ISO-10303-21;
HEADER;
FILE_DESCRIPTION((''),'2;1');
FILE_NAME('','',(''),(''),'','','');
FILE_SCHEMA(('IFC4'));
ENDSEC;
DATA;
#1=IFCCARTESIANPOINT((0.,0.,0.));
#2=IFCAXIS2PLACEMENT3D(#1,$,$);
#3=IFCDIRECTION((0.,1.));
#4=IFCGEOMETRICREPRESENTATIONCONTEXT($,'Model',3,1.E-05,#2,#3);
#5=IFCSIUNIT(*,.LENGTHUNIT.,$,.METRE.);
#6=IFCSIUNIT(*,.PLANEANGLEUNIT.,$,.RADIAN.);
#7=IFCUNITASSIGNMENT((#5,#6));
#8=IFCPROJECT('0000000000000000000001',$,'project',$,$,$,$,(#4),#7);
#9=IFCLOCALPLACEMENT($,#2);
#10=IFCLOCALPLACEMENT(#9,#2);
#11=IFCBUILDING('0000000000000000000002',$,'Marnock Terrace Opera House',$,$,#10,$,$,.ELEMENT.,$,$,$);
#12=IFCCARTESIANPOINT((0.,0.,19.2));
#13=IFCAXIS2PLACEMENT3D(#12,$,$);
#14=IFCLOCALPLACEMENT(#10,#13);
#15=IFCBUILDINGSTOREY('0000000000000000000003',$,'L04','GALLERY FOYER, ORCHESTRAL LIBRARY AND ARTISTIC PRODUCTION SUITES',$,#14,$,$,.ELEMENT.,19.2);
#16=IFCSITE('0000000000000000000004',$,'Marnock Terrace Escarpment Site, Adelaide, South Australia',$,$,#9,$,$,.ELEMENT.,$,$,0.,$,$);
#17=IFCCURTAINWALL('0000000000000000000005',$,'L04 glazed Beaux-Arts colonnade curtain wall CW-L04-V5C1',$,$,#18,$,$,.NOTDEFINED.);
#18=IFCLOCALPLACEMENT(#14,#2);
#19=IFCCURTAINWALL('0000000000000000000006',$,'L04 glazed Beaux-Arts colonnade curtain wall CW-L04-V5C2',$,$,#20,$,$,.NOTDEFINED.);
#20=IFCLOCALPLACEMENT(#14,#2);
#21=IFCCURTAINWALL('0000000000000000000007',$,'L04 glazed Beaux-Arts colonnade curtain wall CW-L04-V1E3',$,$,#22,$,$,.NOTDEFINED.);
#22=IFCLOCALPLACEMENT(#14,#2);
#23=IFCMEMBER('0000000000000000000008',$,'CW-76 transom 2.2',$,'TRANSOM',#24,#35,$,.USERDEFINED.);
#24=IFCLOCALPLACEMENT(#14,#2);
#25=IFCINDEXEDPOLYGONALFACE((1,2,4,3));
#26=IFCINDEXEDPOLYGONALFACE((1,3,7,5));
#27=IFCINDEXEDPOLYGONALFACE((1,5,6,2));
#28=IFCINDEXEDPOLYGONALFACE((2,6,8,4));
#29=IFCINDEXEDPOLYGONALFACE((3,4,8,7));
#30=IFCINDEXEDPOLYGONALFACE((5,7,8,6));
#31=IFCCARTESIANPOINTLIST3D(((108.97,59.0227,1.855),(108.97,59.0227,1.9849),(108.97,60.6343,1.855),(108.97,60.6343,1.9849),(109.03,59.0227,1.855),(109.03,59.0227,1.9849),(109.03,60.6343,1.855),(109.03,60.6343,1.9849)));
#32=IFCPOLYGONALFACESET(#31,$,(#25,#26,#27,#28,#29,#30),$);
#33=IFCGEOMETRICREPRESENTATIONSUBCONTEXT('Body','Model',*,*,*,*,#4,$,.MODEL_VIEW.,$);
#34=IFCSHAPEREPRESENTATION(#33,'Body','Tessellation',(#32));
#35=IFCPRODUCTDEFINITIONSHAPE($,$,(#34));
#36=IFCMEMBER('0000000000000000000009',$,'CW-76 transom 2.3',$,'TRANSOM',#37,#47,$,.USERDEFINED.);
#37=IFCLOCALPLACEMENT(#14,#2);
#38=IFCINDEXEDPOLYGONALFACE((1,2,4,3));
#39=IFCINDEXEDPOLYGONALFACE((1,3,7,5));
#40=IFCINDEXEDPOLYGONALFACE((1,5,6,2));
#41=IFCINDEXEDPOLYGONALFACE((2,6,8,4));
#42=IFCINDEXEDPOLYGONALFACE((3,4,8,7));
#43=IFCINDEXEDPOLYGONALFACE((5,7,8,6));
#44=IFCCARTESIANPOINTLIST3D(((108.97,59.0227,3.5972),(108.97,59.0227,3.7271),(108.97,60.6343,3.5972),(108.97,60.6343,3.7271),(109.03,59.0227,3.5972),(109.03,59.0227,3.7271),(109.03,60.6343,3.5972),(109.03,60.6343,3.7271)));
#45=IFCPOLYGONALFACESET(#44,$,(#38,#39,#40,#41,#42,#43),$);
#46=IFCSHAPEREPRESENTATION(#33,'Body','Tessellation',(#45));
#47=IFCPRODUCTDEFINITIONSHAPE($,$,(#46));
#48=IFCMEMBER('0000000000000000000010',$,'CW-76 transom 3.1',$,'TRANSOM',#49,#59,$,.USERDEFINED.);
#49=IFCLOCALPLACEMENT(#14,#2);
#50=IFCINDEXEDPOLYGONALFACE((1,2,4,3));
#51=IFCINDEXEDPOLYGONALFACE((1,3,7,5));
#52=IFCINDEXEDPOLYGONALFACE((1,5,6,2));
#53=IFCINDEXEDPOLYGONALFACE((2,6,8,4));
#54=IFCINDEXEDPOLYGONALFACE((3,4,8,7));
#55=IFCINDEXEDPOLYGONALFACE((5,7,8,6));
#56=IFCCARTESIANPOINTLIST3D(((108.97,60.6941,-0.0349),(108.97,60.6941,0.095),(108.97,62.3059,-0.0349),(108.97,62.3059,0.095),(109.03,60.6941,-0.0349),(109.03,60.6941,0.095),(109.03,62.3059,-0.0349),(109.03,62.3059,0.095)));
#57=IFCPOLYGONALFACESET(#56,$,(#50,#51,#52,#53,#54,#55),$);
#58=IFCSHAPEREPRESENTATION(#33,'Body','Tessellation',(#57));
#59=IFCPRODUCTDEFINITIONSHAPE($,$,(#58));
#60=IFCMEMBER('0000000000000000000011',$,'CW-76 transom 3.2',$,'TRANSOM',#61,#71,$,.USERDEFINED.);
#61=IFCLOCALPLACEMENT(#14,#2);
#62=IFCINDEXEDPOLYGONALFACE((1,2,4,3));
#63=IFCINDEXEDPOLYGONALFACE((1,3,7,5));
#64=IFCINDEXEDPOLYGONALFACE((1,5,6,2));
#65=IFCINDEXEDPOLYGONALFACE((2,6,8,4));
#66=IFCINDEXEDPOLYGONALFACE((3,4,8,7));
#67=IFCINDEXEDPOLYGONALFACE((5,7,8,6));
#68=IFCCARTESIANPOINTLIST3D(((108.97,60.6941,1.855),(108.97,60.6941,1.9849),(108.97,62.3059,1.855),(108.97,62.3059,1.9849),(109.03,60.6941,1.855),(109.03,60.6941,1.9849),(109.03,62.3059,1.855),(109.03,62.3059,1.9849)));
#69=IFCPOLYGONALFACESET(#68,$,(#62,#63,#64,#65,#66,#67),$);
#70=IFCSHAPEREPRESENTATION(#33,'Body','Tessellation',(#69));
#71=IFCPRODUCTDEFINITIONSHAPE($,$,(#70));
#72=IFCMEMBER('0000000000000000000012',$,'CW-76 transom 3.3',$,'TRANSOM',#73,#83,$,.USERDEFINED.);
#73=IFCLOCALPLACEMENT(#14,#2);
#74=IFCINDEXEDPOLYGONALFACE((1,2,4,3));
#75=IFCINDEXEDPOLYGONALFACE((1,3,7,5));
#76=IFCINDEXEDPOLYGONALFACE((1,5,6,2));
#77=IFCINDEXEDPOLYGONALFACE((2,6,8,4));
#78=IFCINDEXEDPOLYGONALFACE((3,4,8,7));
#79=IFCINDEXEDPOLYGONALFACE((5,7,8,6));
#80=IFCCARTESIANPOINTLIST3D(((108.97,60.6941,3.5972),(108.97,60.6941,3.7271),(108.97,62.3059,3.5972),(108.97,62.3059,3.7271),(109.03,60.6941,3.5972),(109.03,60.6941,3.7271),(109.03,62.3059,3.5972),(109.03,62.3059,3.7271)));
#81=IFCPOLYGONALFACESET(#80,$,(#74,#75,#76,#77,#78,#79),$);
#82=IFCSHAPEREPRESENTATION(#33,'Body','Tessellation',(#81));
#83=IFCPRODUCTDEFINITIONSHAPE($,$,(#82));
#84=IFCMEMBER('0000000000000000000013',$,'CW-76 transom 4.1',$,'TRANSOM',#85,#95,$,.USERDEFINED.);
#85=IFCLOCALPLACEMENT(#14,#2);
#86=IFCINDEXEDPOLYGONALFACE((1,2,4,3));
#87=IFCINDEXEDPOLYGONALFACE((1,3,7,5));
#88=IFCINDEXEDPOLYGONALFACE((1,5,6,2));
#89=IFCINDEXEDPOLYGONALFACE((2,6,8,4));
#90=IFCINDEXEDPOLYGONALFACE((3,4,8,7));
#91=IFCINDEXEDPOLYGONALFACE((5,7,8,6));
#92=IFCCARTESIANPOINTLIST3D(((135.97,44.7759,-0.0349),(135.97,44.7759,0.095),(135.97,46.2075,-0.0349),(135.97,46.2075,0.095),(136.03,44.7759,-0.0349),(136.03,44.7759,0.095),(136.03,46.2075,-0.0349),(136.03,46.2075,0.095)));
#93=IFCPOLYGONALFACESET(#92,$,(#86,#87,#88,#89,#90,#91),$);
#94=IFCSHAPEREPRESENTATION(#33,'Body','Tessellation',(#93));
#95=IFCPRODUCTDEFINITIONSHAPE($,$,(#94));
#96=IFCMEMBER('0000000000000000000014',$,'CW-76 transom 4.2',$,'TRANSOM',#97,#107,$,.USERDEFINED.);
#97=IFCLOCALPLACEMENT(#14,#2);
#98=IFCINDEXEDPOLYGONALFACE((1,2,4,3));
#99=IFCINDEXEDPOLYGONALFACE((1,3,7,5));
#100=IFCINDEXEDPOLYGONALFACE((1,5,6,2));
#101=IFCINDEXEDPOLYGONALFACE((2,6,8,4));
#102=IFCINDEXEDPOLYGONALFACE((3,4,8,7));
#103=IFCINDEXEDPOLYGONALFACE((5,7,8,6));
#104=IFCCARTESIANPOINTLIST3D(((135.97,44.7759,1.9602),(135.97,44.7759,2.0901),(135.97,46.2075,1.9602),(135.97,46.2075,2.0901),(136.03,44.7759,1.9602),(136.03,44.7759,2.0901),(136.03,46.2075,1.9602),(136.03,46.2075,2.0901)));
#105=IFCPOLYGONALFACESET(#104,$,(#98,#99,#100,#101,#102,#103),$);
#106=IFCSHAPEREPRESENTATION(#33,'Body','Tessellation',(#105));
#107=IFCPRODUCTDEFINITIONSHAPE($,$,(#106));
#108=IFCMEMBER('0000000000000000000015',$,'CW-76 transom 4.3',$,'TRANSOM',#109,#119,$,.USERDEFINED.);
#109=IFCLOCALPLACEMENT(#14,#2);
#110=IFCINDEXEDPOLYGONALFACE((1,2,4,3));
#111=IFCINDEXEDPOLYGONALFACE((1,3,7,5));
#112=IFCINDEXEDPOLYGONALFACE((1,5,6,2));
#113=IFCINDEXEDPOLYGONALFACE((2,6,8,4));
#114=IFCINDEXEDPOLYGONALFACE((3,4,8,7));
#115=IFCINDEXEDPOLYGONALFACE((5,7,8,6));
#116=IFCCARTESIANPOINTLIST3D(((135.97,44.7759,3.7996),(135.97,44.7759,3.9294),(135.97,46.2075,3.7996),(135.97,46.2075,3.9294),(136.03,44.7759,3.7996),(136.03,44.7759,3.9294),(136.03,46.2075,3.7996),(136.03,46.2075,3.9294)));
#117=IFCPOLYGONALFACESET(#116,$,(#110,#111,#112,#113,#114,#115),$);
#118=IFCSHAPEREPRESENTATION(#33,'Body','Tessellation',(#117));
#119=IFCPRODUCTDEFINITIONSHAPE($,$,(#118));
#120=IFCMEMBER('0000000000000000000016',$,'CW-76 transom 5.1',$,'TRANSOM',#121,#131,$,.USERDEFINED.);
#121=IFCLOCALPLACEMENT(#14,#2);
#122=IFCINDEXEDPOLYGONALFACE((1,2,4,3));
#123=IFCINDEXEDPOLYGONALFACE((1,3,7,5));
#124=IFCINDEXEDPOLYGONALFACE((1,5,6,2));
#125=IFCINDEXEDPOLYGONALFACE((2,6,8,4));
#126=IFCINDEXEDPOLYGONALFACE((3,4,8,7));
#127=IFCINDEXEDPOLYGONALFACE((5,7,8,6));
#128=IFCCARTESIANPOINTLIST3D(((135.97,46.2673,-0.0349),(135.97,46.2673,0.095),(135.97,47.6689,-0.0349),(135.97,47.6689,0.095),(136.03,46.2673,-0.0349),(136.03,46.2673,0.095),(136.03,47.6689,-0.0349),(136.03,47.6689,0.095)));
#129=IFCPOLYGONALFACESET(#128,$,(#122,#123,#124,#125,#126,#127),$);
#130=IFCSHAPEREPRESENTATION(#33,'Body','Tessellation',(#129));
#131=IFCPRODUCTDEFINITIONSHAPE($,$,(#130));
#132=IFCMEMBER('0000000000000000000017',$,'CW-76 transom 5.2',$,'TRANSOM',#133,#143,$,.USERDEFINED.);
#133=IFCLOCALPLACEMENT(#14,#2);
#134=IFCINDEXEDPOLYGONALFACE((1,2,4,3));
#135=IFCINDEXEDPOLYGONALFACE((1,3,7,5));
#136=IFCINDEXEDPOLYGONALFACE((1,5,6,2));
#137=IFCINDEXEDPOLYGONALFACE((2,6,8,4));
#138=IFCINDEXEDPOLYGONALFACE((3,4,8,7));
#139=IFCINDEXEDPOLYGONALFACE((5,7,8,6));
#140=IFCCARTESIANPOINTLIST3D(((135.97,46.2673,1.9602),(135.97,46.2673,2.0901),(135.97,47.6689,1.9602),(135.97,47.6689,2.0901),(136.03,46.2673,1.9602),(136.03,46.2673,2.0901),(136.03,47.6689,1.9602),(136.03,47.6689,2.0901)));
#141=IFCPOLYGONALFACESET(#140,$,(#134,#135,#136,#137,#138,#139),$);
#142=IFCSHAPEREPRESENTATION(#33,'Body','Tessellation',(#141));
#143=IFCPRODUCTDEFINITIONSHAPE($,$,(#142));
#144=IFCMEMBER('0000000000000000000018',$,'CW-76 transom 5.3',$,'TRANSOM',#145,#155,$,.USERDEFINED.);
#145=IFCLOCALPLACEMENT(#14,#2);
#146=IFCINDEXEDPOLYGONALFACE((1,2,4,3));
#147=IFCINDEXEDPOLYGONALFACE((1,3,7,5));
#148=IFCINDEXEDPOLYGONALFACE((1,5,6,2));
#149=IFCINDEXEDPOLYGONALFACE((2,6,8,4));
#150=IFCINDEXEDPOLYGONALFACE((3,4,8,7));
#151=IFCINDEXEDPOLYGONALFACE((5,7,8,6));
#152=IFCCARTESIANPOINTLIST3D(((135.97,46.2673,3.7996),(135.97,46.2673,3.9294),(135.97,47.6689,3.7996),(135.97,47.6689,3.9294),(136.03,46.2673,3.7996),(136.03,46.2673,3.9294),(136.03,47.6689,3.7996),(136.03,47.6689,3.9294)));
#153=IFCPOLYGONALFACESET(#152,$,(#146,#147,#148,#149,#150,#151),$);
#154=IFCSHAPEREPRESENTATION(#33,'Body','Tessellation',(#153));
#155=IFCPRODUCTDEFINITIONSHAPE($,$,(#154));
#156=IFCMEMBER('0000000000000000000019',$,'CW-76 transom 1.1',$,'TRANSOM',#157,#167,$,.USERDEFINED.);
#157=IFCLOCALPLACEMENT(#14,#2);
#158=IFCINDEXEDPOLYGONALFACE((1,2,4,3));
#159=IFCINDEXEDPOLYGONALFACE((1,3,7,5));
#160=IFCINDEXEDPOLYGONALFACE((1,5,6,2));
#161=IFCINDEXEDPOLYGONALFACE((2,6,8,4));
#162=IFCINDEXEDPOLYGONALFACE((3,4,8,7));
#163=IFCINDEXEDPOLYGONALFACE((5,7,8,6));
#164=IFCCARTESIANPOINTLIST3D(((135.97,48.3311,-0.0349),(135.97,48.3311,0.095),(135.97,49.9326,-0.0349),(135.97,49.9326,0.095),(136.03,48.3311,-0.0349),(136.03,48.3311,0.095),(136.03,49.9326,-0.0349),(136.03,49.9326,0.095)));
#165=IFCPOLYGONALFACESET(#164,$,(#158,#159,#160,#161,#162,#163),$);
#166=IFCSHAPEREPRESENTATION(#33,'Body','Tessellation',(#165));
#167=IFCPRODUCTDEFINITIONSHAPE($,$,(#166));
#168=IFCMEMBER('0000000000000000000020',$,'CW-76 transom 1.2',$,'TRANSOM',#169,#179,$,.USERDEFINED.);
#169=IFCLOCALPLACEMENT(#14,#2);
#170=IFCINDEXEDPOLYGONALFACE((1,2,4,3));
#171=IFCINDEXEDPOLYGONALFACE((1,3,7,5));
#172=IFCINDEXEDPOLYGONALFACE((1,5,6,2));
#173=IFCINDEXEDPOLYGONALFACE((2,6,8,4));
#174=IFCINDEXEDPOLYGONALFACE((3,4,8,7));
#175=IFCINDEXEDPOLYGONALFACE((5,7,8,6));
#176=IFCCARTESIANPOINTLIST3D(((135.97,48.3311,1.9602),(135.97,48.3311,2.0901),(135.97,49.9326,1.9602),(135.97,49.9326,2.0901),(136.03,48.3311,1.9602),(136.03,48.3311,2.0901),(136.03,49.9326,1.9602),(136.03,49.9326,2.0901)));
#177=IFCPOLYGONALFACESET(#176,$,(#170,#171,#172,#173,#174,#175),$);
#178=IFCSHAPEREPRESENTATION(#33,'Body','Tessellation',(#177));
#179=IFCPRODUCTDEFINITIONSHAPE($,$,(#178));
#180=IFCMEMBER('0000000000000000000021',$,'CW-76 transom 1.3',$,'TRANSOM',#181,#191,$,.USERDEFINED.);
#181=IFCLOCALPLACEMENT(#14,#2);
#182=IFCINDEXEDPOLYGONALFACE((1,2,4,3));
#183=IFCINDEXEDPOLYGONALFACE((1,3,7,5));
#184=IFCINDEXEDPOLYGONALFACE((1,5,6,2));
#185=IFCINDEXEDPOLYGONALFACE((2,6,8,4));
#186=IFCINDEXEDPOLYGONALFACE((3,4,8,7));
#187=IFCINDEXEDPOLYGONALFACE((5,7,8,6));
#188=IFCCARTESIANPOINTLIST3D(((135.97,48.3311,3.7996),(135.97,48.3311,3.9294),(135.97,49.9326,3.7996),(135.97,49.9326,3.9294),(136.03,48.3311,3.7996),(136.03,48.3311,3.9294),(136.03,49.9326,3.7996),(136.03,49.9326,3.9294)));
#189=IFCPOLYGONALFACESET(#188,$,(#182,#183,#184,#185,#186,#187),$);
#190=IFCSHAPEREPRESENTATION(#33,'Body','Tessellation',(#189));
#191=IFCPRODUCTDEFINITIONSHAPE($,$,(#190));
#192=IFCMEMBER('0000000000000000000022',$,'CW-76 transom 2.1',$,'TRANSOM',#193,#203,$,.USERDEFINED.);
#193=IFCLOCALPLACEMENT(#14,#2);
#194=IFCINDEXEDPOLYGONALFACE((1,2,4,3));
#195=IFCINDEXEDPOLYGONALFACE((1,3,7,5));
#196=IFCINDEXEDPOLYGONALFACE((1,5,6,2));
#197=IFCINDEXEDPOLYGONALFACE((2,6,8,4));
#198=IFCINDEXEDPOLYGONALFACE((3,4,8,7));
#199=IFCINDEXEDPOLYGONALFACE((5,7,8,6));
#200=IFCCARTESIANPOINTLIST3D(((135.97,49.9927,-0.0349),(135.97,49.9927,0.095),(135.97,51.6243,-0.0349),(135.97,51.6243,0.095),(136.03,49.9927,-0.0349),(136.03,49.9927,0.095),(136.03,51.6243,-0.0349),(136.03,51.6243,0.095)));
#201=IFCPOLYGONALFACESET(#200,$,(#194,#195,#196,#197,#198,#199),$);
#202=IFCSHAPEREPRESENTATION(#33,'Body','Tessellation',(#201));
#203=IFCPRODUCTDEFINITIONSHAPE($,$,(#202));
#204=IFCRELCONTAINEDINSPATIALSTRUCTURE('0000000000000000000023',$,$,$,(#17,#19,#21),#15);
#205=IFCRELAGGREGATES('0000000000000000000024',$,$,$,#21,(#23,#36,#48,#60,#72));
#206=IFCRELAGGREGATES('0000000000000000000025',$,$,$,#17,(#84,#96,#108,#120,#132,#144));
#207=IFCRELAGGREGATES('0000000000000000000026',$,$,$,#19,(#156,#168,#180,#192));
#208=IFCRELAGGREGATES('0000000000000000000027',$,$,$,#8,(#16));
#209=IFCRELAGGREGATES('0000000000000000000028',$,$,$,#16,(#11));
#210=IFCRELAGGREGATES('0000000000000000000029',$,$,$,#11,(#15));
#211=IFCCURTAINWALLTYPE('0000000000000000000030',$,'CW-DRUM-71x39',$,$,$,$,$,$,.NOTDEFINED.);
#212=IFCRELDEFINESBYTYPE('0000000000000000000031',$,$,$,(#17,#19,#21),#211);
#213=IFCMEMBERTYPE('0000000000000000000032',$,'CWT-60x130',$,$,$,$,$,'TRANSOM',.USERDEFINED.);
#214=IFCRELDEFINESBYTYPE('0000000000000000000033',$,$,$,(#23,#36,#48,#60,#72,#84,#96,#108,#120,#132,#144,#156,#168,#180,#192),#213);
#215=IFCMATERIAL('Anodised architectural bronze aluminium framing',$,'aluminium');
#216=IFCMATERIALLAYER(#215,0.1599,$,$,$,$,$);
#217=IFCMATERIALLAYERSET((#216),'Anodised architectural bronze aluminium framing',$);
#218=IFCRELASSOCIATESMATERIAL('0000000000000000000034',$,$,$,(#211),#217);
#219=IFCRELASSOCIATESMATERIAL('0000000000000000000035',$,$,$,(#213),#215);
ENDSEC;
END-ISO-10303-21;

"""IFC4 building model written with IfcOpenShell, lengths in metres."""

from ifc_helpers import new_model, si_unit, direction, frame, origin, origin_2d, place, context, subcontext, project, spatial, rectangle, extrude, material, layer, layer_set, material_profile, profile_set, type_object, element, aggregate, save


model = new_model("IFC4")

# Units and contexts
model_context = context("Model", 3, precision=1e-05, world=origin(), true_north=direction((0.0, 1.0)))
body_context = subcontext(model_context, "Body", "Model", "MODEL_VIEW")
ifc_project = project(units=[si_unit("LENGTHUNIT", "METRE"), si_unit("PLANEANGLEUNIT", "RADIAN")], contexts=[model_context])

# Site, building, storey
site_placement = place(None, origin())
site = spatial("IfcSite", under=ifc_project, at=site_placement, Name="Marnock Terrace Escarpment Site, Adelaide, South Australia", CompositionType="ELEMENT", RefElevation=0.0)
building_placement = place(site_placement, origin())
building = spatial("IfcBuilding", under=site, at=building_placement, Name="Marnock Terrace Opera House", CompositionType="ELEMENT")
storey_placement = place(building_placement, frame((0.0, 0.0, 19.2)))
storey = spatial("IfcBuildingStorey", under=building, at=storey_placement, Name="L04", Description="GALLERY FOYER, ORCHESTRAL LIBRARY AND ARTISTIC PRODUCTION SUITES", CompositionType="ELEMENT", Elevation=19.2)

# Curtain walls, members
ifc_material_1 = material(Name="Anodised architectural bronze aluminium framing", Category="aluminium")
ifc_layer_1 = layer(ifc_material_1, 0.1599)
ifc_layer_set_1 = layer_set([ifc_layer_1], Name="Anodised architectural bronze aluminium framing")
curtain_wall_type = type_object("IfcCurtainWallType", Name="CW-DRUM-71x39", PredefinedType="NOTDEFINED", material=ifc_layer_set_1)
curtain_wall_1_placement = place(storey_placement, origin())
curtain_wall_1 = element("IfcCurtainWall", 1, at=curtain_wall_1_placement, inside=storey, type_object=curtain_wall_type, Name="L04 glazed Beaux-Arts colonnade curtain wall CW-L04-V5C1", PredefinedType="NOTDEFINED")
curtain_wall_2_placement = place(storey_placement, origin())
curtain_wall_2 = element("IfcCurtainWall", 2, at=curtain_wall_2_placement, inside=storey, type_object=curtain_wall_type, Name="L04 glazed Beaux-Arts colonnade curtain wall CW-L04-V5C2", PredefinedType="NOTDEFINED")
curtain_wall_3_placement = place(storey_placement, origin())
curtain_wall_3 = element("IfcCurtainWall", 3, at=curtain_wall_3_placement, inside=storey, type_object=curtain_wall_type, Name="L04 glazed Beaux-Arts colonnade curtain wall CW-L04-V1E3", PredefinedType="NOTDEFINED")
ifc_material_profile_1 = material_profile(ifc_material_1, rectangle(XDim=0.0601, YDim=0.1299, at=origin_2d()))
ifc_profile_set_1 = profile_set([ifc_material_profile_1], Name="Anodised architectural bronze aluminium framing")
member_type_1 = type_object("IfcMemberType", Name="CWT-60x130", ElementType="TRANSOM", PredefinedType="USERDEFINED", material=ifc_profile_set_1)
member_1_placement = place(storey_placement, frame((109.0, 59.0227, 1.9199), z_axis=(0.0, 1.0, 0.0), x_axis=(-1.0, 0.0, 0.0)))
member_1 = element("IfcMember", 4, at=member_1_placement, type_object=member_type_1, Name="CW-76 transom 2.2", ObjectType="TRANSOM", PredefinedType="USERDEFINED", context=body_context, shape_type="SweptSolid", body=[
    extrude(rectangle(XDim=0.0601, YDim=0.1299, at=origin_2d()), origin(), (0.0, 0.0, 1.0), 1.6116),
])
member_2_placement = place(storey_placement, frame((109.0, 59.0227, 3.6621), z_axis=(0.0, 1.0, 0.0), x_axis=(-1.0, 0.0, 0.0)))
member_2 = element("IfcMember", 5, at=member_2_placement, type_object=member_type_1, Name="CW-76 transom 2.3", ObjectType="TRANSOM", PredefinedType="USERDEFINED", context=body_context, shape_type="SweptSolid", body=[
    extrude(rectangle(XDim=0.0601, YDim=0.1299, at=origin_2d()), origin(), (0.0, 0.0, 1.0), 1.6116),
])
member_3_placement = place(storey_placement, frame((109.0, 60.6941, 0.03), z_axis=(0.0, 1.0, 0.0), x_axis=(-1.0, 0.0, 0.0)))
member_3 = element("IfcMember", 6, at=member_3_placement, type_object=member_type_1, Name="CW-76 transom 3.1", ObjectType="TRANSOM", PredefinedType="USERDEFINED", context=body_context, shape_type="SweptSolid", body=[
    extrude(rectangle(XDim=0.0601, YDim=0.1299, at=origin_2d()), origin(), (0.0, 0.0, 1.0), 1.6118),
])
member_4_placement = place(storey_placement, frame((109.0, 60.6941, 1.9199), z_axis=(0.0, 1.0, 0.0), x_axis=(-1.0, 0.0, 0.0)))
member_4 = element("IfcMember", 7, at=member_4_placement, type_object=member_type_1, Name="CW-76 transom 3.2", ObjectType="TRANSOM", PredefinedType="USERDEFINED", context=body_context, shape_type="SweptSolid", body=[
    extrude(rectangle(XDim=0.0601, YDim=0.1299, at=origin_2d()), origin(), (0.0, 0.0, 1.0), 1.6118),
])
member_5_placement = place(storey_placement, frame((109.0, 60.6941, 3.6621), z_axis=(0.0, 1.0, 0.0), x_axis=(-1.0, 0.0, 0.0)))
member_5 = element("IfcMember", 8, at=member_5_placement, type_object=member_type_1, Name="CW-76 transom 3.3", ObjectType="TRANSOM", PredefinedType="USERDEFINED", context=body_context, shape_type="SweptSolid", body=[
    extrude(rectangle(XDim=0.0601, YDim=0.1299, at=origin_2d()), origin(), (0.0, 0.0, 1.0), 1.6118),
])

# Members
member_6_placement = place(storey_placement, frame((136.0, 44.7759, 0.03), z_axis=(0.0, 1.0, 0.0), x_axis=(-1.0, 0.0, 0.0)))
member_6 = element("IfcMember", 9, at=member_6_placement, type_object=member_type_1, Name="CW-76 transom 4.1", ObjectType="TRANSOM", PredefinedType="USERDEFINED", context=body_context, shape_type="SweptSolid", body=[
    extrude(rectangle(XDim=0.0601, YDim=0.1299, at=origin_2d()), origin(), (0.0, 0.0, 1.0), 1.4316),
])
member_7_placement = place(storey_placement, frame((136.0, 44.7759, 2.0251), z_axis=(0.0, 1.0, 0.0), x_axis=(-1.0, 0.0, 0.0)))
member_7 = element("IfcMember", 10, at=member_7_placement, type_object=member_type_1, Name="CW-76 transom 4.2", ObjectType="TRANSOM", PredefinedType="USERDEFINED", context=body_context, shape_type="SweptSolid", body=[
    extrude(rectangle(XDim=0.0601, YDim=0.1299, at=origin_2d()), origin(), (0.0, 0.0, 1.0), 1.4316),
])
member_8_placement = place(storey_placement, frame((136.0, 44.7759, 3.8645), z_axis=(0.0, 1.0, 0.0), x_axis=(-1.0, 0.0, 0.0)))
member_8 = element("IfcMember", 11, at=member_8_placement, type_object=member_type_1, Name="CW-76 transom 4.3", ObjectType="TRANSOM", PredefinedType="USERDEFINED", context=body_context, shape_type="SweptSolid", body=[
    extrude(rectangle(XDim=0.0601, YDim=0.1299, at=origin_2d()), origin(), (0.0, 0.0, 1.0), 1.4316),
])
member_9_placement = place(storey_placement, frame((136.0, 46.2673, 0.03), z_axis=(0.0, 1.0, 0.0), x_axis=(-1.0, 0.0, 0.0)))
member_9 = element("IfcMember", 12, at=member_9_placement, type_object=member_type_1, Name="CW-76 transom 5.1", ObjectType="TRANSOM", PredefinedType="USERDEFINED", context=body_context, shape_type="SweptSolid", body=[
    extrude(rectangle(XDim=0.0601, YDim=0.1299, at=origin_2d()), origin(), (0.0, 0.0, 1.0), 1.4016),
])
member_10_placement = place(storey_placement, frame((136.0, 46.2673, 2.0251), z_axis=(0.0, 1.0, 0.0), x_axis=(-1.0, 0.0, 0.0)))
member_10 = element("IfcMember", 13, at=member_10_placement, type_object=member_type_1, Name="CW-76 transom 5.2", ObjectType="TRANSOM", PredefinedType="USERDEFINED", context=body_context, shape_type="SweptSolid", body=[
    extrude(rectangle(XDim=0.0601, YDim=0.1299, at=origin_2d()), origin(), (0.0, 0.0, 1.0), 1.4016),
])
member_11_placement = place(storey_placement, frame((136.0, 46.2673, 3.8645), z_axis=(0.0, 1.0, 0.0), x_axis=(-1.0, 0.0, 0.0)))
member_11 = element("IfcMember", 14, at=member_11_placement, type_object=member_type_1, Name="CW-76 transom 5.3", ObjectType="TRANSOM", PredefinedType="USERDEFINED", context=body_context, shape_type="SweptSolid", body=[
    extrude(rectangle(XDim=0.0601, YDim=0.1299, at=origin_2d()), origin(), (0.0, 0.0, 1.0), 1.4016),
])
member_12_placement = place(storey_placement, frame((136.0, 48.3311, 0.03), z_axis=(0.0, 1.0, 0.0), x_axis=(-1.0, 0.0, 0.0)))
member_12 = element("IfcMember", 15, at=member_12_placement, type_object=member_type_1, Name="CW-76 transom 1.1", ObjectType="TRANSOM", PredefinedType="USERDEFINED", context=body_context, shape_type="SweptSolid", body=[
    extrude(rectangle(XDim=0.0601, YDim=0.1299, at=origin_2d()), origin(), (0.0, 0.0, 1.0), 1.6016),
])
member_13_placement = place(storey_placement, frame((136.0, 48.3311, 2.0251), z_axis=(0.0, 1.0, 0.0), x_axis=(-1.0, 0.0, 0.0)))
member_13 = element("IfcMember", 16, at=member_13_placement, type_object=member_type_1, Name="CW-76 transom 1.2", ObjectType="TRANSOM", PredefinedType="USERDEFINED", context=body_context, shape_type="SweptSolid", body=[
    extrude(rectangle(XDim=0.0601, YDim=0.1299, at=origin_2d()), origin(), (0.0, 0.0, 1.0), 1.6016),
])
member_14_placement = place(storey_placement, frame((136.0, 48.3311, 3.8645), z_axis=(0.0, 1.0, 0.0), x_axis=(-1.0, 0.0, 0.0)))
member_14 = element("IfcMember", 17, at=member_14_placement, type_object=member_type_1, Name="CW-76 transom 1.3", ObjectType="TRANSOM", PredefinedType="USERDEFINED", context=body_context, shape_type="SweptSolid", body=[
    extrude(rectangle(XDim=0.0601, YDim=0.1299, at=origin_2d()), origin(), (0.0, 0.0, 1.0), 1.6016),
])
member_15_placement = place(storey_placement, frame((136.0, 49.9927, 0.03), z_axis=(0.0, 1.0, 0.0), x_axis=(-1.0, 0.0, 0.0)))
member_15 = element("IfcMember", 18, at=member_15_placement, type_object=member_type_1, Name="CW-76 transom 2.1", ObjectType="TRANSOM", PredefinedType="USERDEFINED", context=body_context, shape_type="SweptSolid", body=[
    extrude(rectangle(XDim=0.0601, YDim=0.1299, at=origin_2d()), origin(), (0.0, 0.0, 1.0), 1.6316),
])

aggregate(curtain_wall_3, [member_1, member_2, member_3, member_4, member_5])
aggregate(curtain_wall_1, [member_6, member_7, member_8, member_9, member_10, member_11])
aggregate(curtain_wall_2, [member_12, member_13, member_14, member_15])

save(model, "model.ifc")
